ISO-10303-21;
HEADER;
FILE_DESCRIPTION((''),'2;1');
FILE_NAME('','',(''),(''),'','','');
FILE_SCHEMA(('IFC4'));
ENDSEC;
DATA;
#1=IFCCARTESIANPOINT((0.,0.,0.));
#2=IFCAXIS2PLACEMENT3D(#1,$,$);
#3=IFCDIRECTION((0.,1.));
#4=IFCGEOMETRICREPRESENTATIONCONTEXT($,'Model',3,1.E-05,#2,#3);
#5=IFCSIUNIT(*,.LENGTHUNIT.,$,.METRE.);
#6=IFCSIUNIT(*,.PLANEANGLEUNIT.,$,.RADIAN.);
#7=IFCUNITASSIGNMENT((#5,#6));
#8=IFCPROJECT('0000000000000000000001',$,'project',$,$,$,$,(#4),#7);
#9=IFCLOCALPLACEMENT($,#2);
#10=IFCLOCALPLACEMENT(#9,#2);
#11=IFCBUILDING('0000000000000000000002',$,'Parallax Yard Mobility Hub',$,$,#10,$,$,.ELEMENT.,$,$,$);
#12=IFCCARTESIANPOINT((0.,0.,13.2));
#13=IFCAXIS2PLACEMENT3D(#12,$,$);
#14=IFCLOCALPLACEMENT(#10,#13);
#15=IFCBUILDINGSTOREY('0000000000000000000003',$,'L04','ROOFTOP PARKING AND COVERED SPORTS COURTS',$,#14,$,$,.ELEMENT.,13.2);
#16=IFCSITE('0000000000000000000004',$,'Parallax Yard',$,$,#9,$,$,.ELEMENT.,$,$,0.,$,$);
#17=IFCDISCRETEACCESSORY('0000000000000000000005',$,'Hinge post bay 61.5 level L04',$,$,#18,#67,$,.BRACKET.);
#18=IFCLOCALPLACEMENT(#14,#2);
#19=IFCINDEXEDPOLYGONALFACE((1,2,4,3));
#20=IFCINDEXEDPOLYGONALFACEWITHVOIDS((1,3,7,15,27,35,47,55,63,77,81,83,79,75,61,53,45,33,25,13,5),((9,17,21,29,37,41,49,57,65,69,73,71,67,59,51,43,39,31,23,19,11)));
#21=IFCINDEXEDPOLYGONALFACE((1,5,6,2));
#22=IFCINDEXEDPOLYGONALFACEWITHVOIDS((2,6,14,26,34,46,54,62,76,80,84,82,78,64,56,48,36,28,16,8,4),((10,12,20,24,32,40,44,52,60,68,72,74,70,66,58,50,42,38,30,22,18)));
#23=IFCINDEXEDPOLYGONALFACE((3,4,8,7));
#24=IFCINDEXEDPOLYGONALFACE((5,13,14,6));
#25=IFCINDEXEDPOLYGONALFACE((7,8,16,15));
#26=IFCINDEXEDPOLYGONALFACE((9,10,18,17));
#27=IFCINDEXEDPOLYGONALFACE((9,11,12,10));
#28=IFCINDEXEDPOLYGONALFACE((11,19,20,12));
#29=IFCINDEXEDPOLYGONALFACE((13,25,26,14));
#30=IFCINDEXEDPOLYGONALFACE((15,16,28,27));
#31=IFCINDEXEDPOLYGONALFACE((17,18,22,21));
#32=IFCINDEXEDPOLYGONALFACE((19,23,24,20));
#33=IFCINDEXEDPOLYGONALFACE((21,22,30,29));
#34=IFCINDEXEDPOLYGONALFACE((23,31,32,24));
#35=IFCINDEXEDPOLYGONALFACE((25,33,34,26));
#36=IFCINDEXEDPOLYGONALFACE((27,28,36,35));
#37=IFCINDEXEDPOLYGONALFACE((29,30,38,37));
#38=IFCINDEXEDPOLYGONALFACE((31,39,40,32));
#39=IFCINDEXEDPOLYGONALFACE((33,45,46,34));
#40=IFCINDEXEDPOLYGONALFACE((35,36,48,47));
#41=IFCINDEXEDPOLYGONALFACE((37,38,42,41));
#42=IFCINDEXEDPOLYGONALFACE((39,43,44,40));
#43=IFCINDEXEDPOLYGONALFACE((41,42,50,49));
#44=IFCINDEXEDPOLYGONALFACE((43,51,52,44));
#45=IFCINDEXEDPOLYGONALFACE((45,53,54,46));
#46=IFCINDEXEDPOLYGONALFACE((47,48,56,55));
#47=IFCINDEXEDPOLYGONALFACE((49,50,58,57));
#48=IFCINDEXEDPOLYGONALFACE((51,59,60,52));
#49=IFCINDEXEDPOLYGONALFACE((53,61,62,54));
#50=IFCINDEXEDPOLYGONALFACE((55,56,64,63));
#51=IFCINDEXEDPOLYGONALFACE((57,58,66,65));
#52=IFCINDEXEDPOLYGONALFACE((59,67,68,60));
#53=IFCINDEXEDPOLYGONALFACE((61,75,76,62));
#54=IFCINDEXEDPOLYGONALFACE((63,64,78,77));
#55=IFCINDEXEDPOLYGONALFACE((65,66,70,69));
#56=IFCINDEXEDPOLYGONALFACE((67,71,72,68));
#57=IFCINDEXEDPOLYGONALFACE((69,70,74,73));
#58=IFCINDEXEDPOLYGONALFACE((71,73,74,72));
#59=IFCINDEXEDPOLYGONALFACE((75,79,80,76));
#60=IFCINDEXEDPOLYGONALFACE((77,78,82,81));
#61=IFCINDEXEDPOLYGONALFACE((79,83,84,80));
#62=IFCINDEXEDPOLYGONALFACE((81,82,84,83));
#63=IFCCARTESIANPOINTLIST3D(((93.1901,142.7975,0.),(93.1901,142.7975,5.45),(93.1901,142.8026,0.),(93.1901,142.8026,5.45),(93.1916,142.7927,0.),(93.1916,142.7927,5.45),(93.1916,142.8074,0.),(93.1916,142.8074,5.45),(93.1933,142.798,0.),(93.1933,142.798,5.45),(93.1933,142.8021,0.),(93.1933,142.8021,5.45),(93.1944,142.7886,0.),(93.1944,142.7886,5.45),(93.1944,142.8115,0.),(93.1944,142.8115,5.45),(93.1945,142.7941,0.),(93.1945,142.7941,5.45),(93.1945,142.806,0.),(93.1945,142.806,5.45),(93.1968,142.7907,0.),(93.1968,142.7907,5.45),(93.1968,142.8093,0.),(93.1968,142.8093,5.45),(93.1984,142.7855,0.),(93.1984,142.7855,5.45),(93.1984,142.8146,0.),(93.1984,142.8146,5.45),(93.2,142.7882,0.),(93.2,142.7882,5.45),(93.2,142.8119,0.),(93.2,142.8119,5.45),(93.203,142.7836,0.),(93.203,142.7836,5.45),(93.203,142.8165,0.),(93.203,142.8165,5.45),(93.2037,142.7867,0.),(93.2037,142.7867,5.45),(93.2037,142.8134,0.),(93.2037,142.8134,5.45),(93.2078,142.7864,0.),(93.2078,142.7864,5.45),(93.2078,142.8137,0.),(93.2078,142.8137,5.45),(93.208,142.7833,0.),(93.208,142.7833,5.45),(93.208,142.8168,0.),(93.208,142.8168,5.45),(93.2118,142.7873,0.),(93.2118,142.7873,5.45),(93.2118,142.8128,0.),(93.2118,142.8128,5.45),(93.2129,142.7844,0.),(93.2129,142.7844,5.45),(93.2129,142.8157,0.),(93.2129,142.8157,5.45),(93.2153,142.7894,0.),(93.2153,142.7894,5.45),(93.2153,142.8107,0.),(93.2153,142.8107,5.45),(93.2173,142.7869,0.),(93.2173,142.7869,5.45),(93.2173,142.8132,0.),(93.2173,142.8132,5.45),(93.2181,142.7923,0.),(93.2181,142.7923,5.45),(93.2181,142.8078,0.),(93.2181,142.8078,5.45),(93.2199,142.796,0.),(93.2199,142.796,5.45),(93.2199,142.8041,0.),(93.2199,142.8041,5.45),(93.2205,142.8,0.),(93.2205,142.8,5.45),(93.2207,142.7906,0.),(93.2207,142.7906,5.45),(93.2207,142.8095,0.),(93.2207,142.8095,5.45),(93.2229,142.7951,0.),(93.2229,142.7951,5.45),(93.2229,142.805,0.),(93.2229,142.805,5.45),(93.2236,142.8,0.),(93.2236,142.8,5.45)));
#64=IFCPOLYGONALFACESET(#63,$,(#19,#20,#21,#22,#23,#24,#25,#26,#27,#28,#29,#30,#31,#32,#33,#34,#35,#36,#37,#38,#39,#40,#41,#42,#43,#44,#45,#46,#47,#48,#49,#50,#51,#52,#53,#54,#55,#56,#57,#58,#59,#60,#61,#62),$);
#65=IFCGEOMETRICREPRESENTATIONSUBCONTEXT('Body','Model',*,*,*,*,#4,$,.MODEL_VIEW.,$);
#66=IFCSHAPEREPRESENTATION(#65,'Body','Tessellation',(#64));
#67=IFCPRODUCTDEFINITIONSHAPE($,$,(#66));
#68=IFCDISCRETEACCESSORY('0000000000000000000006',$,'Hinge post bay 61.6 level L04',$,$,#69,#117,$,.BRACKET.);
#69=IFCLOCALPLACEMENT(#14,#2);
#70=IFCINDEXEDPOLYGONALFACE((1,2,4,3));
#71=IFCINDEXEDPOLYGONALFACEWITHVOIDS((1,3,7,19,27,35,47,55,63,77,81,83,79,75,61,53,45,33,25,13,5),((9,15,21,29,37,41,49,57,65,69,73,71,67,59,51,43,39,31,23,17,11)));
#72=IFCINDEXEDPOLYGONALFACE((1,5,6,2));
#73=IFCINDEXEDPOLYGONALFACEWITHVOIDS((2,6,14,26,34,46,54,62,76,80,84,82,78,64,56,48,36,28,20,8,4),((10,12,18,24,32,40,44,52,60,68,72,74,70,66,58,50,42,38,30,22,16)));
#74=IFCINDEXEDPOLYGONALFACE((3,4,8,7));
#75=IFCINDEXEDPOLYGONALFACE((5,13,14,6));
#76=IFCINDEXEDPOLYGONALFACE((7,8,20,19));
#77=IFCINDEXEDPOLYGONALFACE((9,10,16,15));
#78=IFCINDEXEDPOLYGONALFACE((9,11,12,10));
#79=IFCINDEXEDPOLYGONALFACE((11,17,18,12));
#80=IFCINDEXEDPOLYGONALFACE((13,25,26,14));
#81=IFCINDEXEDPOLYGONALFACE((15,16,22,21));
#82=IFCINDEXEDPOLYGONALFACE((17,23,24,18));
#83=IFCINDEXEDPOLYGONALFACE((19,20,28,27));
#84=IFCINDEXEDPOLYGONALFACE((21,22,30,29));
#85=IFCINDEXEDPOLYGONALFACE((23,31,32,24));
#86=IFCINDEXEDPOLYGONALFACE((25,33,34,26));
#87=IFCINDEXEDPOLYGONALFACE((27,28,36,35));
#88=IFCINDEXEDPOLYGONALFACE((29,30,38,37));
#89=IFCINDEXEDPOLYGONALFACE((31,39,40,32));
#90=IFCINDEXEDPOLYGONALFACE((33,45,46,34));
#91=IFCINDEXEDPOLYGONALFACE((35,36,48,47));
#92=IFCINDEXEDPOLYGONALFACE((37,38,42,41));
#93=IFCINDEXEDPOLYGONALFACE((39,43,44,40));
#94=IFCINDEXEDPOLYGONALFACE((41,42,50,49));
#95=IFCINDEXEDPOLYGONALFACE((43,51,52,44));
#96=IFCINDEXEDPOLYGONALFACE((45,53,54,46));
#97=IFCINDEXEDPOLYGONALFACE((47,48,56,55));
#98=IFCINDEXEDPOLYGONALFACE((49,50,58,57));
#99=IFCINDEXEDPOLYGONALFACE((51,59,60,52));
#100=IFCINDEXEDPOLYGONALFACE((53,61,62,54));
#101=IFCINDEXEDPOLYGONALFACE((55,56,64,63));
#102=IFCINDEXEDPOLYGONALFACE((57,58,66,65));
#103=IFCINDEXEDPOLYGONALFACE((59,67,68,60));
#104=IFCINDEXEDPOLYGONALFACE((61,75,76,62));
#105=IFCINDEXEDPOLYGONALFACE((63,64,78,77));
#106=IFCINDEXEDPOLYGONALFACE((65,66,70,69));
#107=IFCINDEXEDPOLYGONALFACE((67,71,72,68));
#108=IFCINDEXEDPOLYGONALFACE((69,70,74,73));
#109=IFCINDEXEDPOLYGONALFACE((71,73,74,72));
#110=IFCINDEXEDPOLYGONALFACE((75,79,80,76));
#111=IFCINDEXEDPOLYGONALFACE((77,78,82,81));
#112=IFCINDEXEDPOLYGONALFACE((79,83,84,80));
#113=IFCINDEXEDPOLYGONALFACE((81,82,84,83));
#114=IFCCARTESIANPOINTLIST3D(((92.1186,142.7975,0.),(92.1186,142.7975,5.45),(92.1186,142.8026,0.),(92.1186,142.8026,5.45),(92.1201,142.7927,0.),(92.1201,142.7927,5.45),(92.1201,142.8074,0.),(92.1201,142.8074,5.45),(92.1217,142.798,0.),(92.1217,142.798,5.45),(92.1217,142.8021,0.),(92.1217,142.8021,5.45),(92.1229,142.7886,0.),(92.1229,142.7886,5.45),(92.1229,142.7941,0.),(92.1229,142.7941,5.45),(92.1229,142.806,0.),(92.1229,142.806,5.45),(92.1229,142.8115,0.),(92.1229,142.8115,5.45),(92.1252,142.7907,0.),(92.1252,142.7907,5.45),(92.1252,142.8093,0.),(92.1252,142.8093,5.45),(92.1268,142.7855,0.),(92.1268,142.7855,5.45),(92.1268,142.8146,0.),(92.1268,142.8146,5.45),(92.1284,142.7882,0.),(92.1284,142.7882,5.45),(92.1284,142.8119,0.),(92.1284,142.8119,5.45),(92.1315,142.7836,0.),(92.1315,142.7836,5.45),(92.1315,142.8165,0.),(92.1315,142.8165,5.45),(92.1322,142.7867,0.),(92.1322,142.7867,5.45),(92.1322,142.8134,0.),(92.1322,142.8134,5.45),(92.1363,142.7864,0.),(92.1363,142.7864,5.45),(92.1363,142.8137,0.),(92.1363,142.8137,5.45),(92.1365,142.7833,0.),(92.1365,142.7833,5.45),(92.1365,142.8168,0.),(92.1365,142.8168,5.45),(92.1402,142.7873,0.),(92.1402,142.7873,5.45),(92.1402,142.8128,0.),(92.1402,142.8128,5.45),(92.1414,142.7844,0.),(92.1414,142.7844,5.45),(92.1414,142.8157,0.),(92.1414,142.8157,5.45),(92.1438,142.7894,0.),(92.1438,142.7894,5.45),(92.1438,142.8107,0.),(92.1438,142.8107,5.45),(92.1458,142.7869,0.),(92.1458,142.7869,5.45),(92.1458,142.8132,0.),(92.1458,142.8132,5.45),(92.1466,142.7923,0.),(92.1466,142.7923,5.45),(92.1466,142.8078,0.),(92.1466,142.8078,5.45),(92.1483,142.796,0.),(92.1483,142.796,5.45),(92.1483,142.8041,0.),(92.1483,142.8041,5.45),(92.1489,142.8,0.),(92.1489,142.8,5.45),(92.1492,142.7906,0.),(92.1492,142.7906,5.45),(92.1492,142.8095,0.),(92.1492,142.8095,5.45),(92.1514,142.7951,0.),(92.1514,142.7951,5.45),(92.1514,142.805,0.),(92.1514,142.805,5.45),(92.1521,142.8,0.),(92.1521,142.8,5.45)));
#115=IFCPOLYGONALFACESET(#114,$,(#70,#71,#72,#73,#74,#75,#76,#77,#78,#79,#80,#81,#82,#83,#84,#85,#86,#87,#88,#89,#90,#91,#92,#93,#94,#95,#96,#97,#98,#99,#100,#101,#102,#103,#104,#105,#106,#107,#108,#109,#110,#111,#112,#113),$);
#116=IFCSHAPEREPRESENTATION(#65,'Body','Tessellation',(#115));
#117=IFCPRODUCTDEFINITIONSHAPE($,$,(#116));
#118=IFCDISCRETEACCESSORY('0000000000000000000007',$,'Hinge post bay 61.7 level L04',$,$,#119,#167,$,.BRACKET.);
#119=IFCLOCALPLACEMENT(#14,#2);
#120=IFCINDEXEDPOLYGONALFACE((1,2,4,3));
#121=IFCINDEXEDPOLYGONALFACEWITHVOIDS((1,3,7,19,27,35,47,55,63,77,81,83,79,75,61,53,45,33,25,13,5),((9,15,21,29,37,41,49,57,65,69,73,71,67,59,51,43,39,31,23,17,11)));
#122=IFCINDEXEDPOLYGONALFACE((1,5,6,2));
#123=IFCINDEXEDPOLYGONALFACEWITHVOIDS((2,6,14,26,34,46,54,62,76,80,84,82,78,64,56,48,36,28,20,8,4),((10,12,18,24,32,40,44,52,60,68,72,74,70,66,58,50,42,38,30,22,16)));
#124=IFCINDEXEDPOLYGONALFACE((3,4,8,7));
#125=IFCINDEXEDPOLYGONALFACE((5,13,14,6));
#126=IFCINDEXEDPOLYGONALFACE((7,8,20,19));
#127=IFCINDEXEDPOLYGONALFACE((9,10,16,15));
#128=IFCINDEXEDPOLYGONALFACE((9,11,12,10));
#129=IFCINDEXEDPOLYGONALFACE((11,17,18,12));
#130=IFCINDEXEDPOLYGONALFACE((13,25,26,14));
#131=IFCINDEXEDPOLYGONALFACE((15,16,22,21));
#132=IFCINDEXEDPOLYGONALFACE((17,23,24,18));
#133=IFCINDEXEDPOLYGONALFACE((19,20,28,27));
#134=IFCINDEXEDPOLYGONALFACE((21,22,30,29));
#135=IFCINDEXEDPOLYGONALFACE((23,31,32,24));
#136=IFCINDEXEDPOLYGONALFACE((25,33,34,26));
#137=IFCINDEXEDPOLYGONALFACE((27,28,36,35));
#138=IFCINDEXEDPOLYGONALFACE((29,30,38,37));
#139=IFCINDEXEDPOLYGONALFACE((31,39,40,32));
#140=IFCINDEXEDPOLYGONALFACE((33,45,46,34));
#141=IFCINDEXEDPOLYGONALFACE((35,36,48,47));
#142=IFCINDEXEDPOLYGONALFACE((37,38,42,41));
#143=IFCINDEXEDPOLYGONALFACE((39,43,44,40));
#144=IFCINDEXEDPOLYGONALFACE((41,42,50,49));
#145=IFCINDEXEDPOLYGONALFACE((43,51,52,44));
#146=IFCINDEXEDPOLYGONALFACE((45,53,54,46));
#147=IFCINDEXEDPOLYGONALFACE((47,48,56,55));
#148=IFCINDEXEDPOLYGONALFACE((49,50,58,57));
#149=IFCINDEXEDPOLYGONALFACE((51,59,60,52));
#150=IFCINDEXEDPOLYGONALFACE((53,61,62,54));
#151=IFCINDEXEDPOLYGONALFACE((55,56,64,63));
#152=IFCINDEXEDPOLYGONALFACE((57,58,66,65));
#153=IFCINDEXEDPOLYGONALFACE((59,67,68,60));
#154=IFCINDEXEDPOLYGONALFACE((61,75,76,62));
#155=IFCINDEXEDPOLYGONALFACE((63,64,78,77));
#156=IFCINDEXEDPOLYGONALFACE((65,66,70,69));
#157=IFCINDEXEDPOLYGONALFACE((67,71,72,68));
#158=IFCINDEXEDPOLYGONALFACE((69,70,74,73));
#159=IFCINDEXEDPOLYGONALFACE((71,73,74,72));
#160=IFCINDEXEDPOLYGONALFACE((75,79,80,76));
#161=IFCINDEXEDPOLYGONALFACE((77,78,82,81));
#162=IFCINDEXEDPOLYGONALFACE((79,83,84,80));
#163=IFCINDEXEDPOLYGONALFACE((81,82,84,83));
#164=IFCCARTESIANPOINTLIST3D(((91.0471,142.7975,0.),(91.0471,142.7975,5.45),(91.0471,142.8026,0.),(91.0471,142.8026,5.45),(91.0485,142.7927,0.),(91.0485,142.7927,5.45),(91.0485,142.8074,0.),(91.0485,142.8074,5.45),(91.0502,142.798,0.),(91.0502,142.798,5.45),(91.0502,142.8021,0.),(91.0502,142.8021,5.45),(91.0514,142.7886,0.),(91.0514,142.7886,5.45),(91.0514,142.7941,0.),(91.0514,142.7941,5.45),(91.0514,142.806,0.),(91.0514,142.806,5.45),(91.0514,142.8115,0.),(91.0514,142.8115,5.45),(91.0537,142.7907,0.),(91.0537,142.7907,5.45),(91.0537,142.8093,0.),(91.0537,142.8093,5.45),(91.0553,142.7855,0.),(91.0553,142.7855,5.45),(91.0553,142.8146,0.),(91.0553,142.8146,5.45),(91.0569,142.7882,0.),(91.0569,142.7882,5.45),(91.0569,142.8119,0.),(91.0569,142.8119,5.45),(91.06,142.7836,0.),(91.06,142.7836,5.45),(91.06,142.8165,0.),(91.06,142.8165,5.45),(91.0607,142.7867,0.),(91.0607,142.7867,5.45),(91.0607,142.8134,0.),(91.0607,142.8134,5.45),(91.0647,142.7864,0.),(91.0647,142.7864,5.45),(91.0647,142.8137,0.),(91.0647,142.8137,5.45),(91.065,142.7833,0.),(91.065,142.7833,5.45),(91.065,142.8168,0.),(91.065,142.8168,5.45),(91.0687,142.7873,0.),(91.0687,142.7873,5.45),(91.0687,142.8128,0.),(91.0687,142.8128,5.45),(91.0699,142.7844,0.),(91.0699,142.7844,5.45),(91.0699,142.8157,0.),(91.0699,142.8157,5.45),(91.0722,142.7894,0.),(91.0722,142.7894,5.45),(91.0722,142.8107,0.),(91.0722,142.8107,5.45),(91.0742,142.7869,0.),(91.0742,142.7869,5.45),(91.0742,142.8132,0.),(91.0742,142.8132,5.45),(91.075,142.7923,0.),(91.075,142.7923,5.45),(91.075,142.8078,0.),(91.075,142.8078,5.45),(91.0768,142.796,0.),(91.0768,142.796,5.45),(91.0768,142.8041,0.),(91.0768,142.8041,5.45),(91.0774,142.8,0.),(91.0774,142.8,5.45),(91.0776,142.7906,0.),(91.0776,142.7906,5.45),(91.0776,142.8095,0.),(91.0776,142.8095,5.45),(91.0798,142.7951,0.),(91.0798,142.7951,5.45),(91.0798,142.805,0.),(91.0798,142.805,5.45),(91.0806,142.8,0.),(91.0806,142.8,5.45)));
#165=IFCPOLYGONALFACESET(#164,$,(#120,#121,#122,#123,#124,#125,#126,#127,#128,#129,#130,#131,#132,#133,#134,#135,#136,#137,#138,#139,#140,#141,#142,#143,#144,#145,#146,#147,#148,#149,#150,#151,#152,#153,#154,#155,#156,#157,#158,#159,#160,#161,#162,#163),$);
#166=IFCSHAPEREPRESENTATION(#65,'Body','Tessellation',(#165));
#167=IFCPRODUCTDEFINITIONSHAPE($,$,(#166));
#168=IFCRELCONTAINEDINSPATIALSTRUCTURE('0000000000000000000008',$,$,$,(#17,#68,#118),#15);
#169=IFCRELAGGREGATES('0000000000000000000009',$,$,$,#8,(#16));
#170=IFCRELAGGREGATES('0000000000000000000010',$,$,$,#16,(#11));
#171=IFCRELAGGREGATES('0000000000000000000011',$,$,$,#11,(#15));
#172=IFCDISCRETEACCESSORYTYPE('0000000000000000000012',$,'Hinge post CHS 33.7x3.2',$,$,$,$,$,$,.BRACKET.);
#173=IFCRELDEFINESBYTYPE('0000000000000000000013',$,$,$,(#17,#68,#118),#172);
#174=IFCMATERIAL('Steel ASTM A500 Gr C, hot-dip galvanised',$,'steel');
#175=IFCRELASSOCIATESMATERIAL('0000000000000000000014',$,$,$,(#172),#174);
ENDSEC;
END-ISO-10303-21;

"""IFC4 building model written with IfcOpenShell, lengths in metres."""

from ifc_helpers import new_model, si_unit, direction, frame, origin, origin_2d, place, context, subcontext, project, spatial, hollow_circle, extrude, material, material_profile, profile_set, type_object, element, save


model = new_model("IFC4")

# Units and contexts
model_context = context("Model", 3, precision=1e-05, world=origin(), true_north=direction((0.0, 1.0)))
body_context = subcontext(model_context, "Body", "Model", "MODEL_VIEW")
ifc_project = project(units=[si_unit("LENGTHUNIT", "METRE"), si_unit("PLANEANGLEUNIT", "RADIAN")], contexts=[model_context])

# Site, building, storey
site_placement = place(None, origin())
site = spatial("IfcSite", under=ifc_project, at=site_placement, Name="Parallax Yard", CompositionType="ELEMENT", RefElevation=0.0)
building_placement = place(site_placement, origin())
building = spatial("IfcBuilding", under=site, at=building_placement, Name="Parallax Yard Mobility Hub", CompositionType="ELEMENT")
storey_placement = place(building_placement, frame((0.0, 0.0, 13.2)))
storey = spatial("IfcBuildingStorey", under=building, at=storey_placement, Name="L04", Description="ROOFTOP PARKING AND COVERED SPORTS COURTS", CompositionType="ELEMENT", Elevation=13.2)

# Discrete accessories
ifc_material_1 = material(Name="Steel ASTM A500 Gr C, hot-dip galvanised", Category="steel")
ifc_material_profile = material_profile(ifc_material_1, hollow_circle(Radius=0.0168, WallThickness=0.0032, at=origin_2d()), Name="CHS 33.7x3.2")
ifc_profile_set = profile_set([ifc_material_profile], Name="Steel ASTM A500 Gr C, hot-dip galvanised")
discrete_accessory_type = type_object("IfcDiscreteAccessoryType", Name="Hinge post CHS 33.7x3.2", PredefinedType="BRACKET", material=ifc_profile_set)
for number, where, z_axis, x_axis, name in (
    (1, (93.2068, 142.8, 0.0), (0.0, 0.0, 1.0), (1.0, 0.0, 0.0), "Hinge post bay 61.5 level L04"),
    (2, (92.1353, 142.8, 0.0), (0.0, 0.0, 1.0), (1.0, 0.0, 0.0), "Hinge post bay 61.6 level L04"),
    (3, (91.0637, 142.8, 0.0), (0.0, 0.0, 1.0), (1.0, 0.0, 0.0), "Hinge post bay 61.7 level L04"),
):
    element("IfcDiscreteAccessory", number, at=place(storey_placement, frame(where, z_axis=z_axis, x_axis=x_axis)), inside=storey, type_object=discrete_accessory_type, Name=name, PredefinedType="BRACKET", context=body_context, shape_type="SweptSolid", body=[
        extrude(hollow_circle(Radius=0.0168, WallThickness=0.0032, at=origin_2d()), origin(), (0.0, 0.0, 1.0), 5.45),
    ])

save(model, "model.ifc")
